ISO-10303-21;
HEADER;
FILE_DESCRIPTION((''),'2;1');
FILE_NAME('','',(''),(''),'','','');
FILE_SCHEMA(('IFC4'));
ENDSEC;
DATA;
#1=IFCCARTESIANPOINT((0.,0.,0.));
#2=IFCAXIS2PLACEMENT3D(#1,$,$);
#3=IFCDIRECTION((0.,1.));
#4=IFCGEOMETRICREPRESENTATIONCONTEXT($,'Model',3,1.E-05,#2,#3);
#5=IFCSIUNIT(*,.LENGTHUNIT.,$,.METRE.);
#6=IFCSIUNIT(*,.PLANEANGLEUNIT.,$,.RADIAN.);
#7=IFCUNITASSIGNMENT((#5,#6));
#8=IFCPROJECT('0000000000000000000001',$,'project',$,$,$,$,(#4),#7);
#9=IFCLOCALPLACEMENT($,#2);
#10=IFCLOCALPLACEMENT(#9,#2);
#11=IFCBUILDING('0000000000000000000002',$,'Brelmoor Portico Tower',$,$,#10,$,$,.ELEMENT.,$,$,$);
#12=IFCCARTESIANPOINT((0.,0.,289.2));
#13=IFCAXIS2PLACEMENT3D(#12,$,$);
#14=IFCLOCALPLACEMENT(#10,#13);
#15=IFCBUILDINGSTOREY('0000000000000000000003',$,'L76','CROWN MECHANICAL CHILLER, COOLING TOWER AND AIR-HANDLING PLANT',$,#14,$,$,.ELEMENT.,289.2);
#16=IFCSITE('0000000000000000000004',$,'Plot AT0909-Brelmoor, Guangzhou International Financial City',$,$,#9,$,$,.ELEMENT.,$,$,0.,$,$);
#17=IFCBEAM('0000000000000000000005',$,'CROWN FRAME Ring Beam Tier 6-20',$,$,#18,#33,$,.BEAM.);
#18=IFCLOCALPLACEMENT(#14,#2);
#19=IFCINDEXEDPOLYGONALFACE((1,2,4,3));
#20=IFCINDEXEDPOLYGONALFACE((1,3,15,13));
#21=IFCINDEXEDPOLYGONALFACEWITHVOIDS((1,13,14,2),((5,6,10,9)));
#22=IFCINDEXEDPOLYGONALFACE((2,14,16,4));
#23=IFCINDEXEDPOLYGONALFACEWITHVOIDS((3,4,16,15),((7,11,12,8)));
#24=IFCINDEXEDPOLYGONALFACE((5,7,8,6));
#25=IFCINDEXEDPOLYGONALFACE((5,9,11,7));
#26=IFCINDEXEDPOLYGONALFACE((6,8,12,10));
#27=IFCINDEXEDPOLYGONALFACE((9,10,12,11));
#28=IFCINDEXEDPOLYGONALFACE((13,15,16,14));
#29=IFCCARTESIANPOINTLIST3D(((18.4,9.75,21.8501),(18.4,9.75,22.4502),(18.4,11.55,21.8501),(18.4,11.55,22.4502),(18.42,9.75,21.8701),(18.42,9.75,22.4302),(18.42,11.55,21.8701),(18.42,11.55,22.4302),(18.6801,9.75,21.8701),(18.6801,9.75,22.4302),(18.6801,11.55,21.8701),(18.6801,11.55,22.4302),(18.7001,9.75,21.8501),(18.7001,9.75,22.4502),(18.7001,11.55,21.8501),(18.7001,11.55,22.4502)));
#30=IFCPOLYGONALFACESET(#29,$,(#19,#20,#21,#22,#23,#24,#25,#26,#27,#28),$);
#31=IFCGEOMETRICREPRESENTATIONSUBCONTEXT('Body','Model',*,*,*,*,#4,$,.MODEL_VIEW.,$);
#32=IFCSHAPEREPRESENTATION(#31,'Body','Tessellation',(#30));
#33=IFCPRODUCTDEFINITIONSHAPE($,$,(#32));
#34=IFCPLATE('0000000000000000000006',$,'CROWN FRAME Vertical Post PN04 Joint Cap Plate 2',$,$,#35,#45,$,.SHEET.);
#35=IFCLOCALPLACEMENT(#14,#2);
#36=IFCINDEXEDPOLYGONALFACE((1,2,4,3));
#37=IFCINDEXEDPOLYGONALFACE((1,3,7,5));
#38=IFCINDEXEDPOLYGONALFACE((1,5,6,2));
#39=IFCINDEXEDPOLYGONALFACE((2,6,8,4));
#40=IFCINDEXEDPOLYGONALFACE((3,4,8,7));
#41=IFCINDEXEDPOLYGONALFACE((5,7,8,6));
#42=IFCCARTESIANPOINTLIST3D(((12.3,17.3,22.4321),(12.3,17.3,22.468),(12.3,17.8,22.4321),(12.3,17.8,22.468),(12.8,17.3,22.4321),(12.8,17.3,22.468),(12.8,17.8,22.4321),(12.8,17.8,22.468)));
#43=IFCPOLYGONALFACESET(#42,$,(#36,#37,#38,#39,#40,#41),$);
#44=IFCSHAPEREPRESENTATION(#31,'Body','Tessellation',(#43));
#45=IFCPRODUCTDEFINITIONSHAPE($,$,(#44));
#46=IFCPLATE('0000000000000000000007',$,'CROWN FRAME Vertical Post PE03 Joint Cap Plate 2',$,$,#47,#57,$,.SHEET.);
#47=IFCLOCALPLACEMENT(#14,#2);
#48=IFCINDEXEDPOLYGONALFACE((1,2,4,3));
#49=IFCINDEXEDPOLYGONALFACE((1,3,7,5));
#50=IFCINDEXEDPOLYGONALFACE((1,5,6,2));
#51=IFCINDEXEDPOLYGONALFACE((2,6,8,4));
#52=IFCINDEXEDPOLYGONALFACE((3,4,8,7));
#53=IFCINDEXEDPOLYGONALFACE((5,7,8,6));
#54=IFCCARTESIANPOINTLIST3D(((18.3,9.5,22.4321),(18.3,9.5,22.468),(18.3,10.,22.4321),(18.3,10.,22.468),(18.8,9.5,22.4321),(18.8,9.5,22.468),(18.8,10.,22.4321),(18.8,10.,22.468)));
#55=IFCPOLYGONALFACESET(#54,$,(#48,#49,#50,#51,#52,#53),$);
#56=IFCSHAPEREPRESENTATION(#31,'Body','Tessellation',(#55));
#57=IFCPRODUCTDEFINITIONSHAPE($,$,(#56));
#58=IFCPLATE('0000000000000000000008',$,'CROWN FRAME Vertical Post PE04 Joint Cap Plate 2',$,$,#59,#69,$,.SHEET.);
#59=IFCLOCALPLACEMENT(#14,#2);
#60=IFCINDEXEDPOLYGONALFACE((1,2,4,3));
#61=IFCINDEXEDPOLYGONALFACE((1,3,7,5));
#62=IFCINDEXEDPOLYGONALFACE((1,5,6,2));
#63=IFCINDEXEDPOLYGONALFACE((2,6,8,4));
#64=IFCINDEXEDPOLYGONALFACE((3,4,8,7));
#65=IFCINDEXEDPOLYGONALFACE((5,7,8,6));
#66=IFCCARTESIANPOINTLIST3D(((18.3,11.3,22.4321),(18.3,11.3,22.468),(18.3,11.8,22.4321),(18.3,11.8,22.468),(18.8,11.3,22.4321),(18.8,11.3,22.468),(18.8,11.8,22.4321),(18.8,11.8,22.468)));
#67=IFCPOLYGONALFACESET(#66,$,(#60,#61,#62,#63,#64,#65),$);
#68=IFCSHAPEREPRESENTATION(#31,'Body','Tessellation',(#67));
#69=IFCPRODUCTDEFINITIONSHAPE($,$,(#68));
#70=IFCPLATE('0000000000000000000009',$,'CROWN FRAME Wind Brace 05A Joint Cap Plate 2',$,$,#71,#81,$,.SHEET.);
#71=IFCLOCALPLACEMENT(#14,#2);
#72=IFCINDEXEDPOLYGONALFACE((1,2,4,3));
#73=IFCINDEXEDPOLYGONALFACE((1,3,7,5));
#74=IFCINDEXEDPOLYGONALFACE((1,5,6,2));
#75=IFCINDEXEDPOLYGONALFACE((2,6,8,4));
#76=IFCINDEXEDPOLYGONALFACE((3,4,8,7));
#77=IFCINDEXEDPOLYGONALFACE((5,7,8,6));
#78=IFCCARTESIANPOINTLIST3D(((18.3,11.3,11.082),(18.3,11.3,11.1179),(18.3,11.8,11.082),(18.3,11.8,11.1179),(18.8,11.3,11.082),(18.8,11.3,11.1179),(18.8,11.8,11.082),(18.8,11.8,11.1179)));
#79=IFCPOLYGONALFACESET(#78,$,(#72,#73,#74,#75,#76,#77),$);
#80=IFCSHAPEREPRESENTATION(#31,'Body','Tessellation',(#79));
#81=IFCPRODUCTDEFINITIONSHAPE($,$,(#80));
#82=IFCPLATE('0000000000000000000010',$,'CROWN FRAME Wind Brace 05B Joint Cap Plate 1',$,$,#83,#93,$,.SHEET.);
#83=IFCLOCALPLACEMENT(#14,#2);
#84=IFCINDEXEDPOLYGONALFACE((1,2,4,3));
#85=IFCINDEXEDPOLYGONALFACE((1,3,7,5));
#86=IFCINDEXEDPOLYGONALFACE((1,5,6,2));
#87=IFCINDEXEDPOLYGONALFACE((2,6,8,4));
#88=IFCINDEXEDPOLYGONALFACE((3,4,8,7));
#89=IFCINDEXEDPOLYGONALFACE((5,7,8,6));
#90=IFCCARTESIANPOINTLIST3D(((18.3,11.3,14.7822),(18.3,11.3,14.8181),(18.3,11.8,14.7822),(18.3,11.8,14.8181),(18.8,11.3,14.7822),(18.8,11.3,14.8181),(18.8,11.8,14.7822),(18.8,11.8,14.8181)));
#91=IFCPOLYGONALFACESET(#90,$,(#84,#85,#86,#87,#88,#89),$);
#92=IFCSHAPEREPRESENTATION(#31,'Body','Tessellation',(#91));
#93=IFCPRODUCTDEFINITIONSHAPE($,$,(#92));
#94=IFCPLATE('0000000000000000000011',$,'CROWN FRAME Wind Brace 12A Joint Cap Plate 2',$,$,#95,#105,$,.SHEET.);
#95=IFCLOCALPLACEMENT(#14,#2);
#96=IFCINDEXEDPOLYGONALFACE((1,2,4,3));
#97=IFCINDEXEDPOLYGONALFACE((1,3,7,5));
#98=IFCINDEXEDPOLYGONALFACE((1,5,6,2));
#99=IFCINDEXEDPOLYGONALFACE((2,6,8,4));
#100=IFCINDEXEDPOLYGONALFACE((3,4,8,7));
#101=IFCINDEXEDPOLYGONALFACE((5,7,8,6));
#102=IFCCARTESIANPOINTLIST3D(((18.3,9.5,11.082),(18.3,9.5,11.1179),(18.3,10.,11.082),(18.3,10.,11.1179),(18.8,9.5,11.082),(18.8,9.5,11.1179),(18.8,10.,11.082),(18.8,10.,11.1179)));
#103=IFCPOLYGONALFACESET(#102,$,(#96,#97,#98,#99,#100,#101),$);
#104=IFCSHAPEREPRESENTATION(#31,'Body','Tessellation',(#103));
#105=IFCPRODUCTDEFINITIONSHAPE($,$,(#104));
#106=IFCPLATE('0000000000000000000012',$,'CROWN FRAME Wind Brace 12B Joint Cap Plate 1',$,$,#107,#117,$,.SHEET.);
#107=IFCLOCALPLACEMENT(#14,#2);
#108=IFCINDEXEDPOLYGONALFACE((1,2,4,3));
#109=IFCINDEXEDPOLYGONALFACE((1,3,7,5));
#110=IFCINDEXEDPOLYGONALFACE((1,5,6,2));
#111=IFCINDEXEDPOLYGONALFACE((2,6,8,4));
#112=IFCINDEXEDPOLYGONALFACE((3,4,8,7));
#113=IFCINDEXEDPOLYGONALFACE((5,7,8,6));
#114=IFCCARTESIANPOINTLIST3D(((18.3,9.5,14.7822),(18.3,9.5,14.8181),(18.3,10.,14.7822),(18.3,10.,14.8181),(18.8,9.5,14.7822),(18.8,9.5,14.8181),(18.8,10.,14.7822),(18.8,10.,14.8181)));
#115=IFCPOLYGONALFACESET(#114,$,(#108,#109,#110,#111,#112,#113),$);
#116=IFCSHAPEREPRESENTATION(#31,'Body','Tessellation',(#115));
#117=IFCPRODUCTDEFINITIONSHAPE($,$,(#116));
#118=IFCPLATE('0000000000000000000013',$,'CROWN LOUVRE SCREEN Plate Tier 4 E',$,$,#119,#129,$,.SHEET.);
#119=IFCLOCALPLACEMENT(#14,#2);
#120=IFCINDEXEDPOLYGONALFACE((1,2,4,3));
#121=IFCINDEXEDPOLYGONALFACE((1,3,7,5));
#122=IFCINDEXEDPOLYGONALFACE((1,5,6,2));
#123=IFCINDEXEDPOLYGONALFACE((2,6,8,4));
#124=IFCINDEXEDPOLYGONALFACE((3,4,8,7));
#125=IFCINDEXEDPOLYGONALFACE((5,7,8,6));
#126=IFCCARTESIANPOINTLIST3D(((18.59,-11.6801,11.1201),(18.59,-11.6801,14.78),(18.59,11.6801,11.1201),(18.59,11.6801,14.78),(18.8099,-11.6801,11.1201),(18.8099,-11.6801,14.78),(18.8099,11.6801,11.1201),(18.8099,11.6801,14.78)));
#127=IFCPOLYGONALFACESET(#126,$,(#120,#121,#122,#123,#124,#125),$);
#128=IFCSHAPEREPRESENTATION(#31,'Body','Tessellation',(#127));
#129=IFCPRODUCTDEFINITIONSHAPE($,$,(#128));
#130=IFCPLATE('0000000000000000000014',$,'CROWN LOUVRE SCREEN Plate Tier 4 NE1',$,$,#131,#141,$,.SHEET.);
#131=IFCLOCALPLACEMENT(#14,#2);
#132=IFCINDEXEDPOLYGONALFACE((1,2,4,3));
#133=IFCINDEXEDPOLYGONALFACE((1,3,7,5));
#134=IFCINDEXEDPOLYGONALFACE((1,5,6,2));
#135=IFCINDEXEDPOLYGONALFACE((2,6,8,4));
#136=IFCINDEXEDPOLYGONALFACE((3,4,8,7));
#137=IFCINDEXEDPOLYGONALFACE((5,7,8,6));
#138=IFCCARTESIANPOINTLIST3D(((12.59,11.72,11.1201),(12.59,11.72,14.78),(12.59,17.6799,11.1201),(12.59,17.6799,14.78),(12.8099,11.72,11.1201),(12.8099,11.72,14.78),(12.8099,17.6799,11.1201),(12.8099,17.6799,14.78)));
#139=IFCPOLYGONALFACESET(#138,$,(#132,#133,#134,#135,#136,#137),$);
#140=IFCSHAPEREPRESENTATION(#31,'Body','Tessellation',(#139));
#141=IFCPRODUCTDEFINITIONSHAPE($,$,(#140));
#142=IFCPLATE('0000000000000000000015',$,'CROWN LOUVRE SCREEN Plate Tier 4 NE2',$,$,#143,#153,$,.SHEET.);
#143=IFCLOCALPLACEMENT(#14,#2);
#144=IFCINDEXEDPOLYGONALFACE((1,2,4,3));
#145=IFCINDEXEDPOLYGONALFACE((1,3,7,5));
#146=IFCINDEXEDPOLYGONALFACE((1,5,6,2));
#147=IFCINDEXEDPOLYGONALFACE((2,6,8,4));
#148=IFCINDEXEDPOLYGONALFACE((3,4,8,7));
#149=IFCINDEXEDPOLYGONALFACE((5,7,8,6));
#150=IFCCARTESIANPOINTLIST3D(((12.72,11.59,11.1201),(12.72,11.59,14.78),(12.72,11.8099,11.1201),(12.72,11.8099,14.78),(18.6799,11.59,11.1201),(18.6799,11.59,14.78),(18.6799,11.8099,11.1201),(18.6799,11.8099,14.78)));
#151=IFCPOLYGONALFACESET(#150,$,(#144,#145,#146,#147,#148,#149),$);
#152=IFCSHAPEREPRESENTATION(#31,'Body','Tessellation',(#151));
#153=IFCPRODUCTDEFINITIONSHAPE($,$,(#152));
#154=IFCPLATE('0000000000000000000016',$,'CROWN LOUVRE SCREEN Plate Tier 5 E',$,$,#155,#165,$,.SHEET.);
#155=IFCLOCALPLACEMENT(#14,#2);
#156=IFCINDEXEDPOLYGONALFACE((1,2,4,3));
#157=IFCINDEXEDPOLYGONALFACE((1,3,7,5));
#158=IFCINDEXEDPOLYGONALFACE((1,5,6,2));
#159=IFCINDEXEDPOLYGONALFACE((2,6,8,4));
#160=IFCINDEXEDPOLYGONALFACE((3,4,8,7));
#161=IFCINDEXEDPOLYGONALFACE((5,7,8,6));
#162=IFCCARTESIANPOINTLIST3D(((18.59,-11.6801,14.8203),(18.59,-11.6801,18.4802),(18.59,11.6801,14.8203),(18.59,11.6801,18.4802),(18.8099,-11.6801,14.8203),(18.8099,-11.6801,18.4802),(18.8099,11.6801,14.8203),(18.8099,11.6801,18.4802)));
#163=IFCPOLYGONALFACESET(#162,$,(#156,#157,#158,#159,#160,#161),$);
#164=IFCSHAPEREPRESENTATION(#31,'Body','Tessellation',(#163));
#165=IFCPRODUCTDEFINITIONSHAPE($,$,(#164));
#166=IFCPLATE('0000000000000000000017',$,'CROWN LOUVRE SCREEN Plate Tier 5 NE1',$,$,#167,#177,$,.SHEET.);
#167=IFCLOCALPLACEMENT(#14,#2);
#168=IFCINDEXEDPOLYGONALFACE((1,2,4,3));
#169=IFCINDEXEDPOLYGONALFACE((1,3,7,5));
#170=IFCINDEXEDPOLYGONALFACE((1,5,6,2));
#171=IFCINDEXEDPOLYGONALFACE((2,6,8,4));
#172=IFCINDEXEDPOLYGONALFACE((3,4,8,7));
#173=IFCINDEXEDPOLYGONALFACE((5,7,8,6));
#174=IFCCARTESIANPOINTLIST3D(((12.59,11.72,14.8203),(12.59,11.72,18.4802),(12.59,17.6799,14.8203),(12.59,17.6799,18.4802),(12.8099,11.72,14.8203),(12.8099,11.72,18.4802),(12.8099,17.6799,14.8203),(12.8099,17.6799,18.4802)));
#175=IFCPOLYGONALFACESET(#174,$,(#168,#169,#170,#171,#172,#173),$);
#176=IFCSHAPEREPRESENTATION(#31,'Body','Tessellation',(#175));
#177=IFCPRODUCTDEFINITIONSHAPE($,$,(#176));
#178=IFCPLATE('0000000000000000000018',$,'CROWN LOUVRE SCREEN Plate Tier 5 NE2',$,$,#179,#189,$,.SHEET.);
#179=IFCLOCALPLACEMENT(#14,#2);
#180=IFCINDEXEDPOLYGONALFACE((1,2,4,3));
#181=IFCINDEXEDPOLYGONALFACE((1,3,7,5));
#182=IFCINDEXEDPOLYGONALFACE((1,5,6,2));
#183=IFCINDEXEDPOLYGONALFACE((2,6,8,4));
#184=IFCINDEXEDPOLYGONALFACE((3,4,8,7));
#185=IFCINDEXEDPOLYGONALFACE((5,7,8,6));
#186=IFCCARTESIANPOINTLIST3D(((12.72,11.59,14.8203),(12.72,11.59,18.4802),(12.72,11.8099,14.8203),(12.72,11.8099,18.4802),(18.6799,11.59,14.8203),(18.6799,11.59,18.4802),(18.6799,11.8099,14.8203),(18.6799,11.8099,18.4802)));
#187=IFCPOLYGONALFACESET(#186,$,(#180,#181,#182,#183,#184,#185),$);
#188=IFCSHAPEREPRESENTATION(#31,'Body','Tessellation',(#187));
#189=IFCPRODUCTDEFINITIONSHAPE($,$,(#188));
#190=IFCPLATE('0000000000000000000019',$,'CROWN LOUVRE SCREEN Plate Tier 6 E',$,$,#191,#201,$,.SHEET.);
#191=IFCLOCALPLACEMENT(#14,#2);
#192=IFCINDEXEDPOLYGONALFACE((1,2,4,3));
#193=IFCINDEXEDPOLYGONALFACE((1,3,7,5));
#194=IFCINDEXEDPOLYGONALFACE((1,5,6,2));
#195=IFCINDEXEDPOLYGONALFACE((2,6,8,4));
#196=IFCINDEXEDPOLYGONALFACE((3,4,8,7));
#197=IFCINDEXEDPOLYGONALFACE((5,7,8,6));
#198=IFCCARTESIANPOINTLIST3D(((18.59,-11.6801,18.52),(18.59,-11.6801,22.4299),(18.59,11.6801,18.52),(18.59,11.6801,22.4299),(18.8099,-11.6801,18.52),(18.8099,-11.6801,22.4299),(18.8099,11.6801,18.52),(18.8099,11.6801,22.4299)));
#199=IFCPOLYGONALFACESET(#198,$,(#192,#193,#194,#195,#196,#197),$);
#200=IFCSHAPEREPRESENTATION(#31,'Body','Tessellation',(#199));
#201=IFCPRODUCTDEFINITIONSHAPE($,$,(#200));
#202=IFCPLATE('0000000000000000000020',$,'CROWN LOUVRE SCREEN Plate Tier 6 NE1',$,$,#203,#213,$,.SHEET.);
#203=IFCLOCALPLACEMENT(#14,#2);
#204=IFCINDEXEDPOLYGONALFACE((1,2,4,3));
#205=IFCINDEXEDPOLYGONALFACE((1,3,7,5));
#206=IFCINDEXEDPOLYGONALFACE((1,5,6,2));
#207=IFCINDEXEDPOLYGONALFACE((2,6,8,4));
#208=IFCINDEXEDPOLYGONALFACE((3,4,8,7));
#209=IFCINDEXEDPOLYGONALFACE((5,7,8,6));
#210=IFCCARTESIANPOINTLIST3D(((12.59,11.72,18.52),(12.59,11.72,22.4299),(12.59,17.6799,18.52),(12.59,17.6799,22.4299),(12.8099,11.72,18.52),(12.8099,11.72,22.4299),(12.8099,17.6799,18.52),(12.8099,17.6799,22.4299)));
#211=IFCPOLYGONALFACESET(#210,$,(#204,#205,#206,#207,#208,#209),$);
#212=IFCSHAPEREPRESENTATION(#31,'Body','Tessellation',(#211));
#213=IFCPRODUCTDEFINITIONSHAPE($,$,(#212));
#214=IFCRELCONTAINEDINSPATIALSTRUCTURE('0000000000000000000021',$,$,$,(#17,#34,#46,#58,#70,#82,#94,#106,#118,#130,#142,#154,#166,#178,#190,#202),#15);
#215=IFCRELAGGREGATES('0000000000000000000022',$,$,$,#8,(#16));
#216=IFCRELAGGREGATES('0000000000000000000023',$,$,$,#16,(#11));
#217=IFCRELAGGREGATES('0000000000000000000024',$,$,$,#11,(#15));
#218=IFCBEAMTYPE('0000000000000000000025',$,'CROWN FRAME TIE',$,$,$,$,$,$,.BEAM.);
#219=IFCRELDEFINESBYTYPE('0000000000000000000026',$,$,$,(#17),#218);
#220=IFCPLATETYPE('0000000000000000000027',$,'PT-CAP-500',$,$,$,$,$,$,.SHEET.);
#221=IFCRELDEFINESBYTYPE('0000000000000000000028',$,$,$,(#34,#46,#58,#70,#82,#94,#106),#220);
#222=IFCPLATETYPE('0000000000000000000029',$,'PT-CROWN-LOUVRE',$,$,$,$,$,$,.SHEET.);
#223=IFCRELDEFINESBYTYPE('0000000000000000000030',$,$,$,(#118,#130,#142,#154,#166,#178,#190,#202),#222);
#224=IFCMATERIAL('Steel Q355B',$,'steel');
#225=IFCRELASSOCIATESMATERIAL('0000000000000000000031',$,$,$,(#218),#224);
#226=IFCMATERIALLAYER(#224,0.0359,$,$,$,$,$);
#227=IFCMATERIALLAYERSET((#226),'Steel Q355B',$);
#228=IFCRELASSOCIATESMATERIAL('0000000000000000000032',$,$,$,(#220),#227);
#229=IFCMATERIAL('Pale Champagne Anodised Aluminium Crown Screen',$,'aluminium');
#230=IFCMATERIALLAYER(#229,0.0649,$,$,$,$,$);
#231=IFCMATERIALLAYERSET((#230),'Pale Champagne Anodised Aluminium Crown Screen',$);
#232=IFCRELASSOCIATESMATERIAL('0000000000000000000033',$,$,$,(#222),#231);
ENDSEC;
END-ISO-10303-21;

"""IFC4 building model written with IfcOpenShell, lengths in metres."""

from ifc_helpers import new_model, si_unit, direction, frame, origin, origin_2d, place, context, subcontext, project, spatial, rectangle, hollow_rectangle, extrude, material, layer, layer_set, material_profile, profile_set, type_object, element, save


model = new_model("IFC4")

# Units and contexts
model_context = context("Model", 3, precision=1e-05, world=origin(), true_north=direction((0.0, 1.0)))
body_context = subcontext(model_context, "Body", "Model", "MODEL_VIEW")
ifc_project = project(units=[si_unit("LENGTHUNIT", "METRE"), si_unit("PLANEANGLEUNIT", "RADIAN")], contexts=[model_context])

# Site, building, storey
site_placement = place(None, origin())
site = spatial("IfcSite", under=ifc_project, at=site_placement, Name="Plot AT0909-Brelmoor, Guangzhou International Financial City", CompositionType="ELEMENT", RefElevation=0.0)
building_placement = place(site_placement, origin())
building = spatial("IfcBuilding", under=site, at=building_placement, Name="Brelmoor Portico Tower", CompositionType="ELEMENT")
storey_placement = place(building_placement, frame((0.0, 0.0, 289.2)))
storey = spatial("IfcBuildingStorey", under=building, at=storey_placement, Name="L76", Description="CROWN MECHANICAL CHILLER, COOLING TOWER AND AIR-HANDLING PLANT", CompositionType="ELEMENT", Elevation=289.2)

# Shared definitions
ifc_material_1 = material(Name="Steel Q355B", Category="steel")

# Beam
ifc_material_profile_1 = material_profile(ifc_material_1, hollow_rectangle(XDim=0.3, YDim=0.6001, WallThickness=0.02, at=origin_2d()), Name="RHS 300x600x20")
ifc_profile_set_1 = profile_set([ifc_material_profile_1], Name="Steel Q355B")
beam_type_1 = type_object("IfcBeamType", Name="CROWN FRAME TIE", PredefinedType="BEAM", material=ifc_profile_set_1)
beam_1_placement = place(storey_placement, frame((18.55, 9.75, 22.1501), z_axis=(0.0, 1.0, 0.0), x_axis=(-1.0, 0.0, 0.0)))
element("IfcBeam", 1, at=beam_1_placement, inside=storey, type_object=beam_type_1, Name="CROWN FRAME Ring Beam Tier 6-20", PredefinedType="BEAM", context=body_context, shape_type="SweptSolid", body=[
    extrude(hollow_rectangle(XDim=0.3, YDim=0.6001, WallThickness=0.02, at=origin_2d()), origin(), (0.0, 0.0, 1.0), 1.8),
])

# Plates
ifc_layer_1 = layer(ifc_material_1, 0.0359)
ifc_layer_set_1 = layer_set([ifc_layer_1], Name="Steel Q355B")
plate_type_1 = type_object("IfcPlateType", Name="PT-CAP-500", PredefinedType="SHEET", material=ifc_layer_set_1)
for number, where, z_axis, x_axis, name in (
    (2, (12.55, 17.55, 22.4321), (0.0, 0.0, 1.0), (1.0, 0.0, 0.0), "CROWN FRAME Vertical Post PN04 Joint Cap Plate 2"),
    (3, (18.55, 9.75, 22.4321), (0.0, 0.0, 1.0), (1.0, 0.0, 0.0), "CROWN FRAME Vertical Post PE03 Joint Cap Plate 2"),
    (4, (18.55, 11.55, 22.4321), (0.0, 0.0, 1.0), (1.0, 0.0, 0.0), "CROWN FRAME Vertical Post PE04 Joint Cap Plate 2"),
    (5, (18.55, 11.55, 11.082), (0.0, 0.0, 1.0), (1.0, 0.0, 0.0), "CROWN FRAME Wind Brace 05A Joint Cap Plate 2"),
    (6, (18.55, 11.55, 14.7822), (0.0, 0.0, 1.0), (1.0, 0.0, 0.0), "CROWN FRAME Wind Brace 05B Joint Cap Plate 1"),
    (7, (18.55, 9.75, 11.082), (0.0, 0.0, 1.0), (1.0, 0.0, 0.0), "CROWN FRAME Wind Brace 12A Joint Cap Plate 2"),
    (8, (18.55, 9.75, 14.7822), (0.0, 0.0, 1.0), (1.0, 0.0, 0.0), "CROWN FRAME Wind Brace 12B Joint Cap Plate 1"),
):
    element("IfcPlate", number, at=place(storey_placement, frame(where, z_axis=z_axis, x_axis=x_axis)), inside=storey, type_object=plate_type_1, Name=name, PredefinedType="SHEET", context=body_context, shape_type="SweptSolid", body=[
        extrude(rectangle(XDim=0.5, YDim=0.5, at=origin_2d()), origin(), (0.0, 0.0, 1.0), 0.0359),
    ])
ifc_material_2 = material(Name="Pale Champagne Anodised Aluminium Crown Screen", Category="aluminium")
ifc_layer_2 = layer(ifc_material_2, 0.0649)
ifc_layer_set_2 = layer_set([ifc_layer_2], Name="Pale Champagne Anodised Aluminium Crown Screen")
plate_type_2 = type_object("IfcPlateType", Name="PT-CROWN-LOUVRE", PredefinedType="SHEET", material=ifc_layer_set_2)
plate_1_placement = place(storey_placement, frame((18.7, 0.0, 11.1201), z_axis=(0.0, 0.0, 1.0), x_axis=(0.0, 1.0, 0.0)))
element("IfcPlate", 9, at=plate_1_placement, inside=storey, type_object=plate_type_2, Name="CROWN LOUVRE SCREEN Plate Tier 4 E", PredefinedType="SHEET", context=body_context, shape_type="SweptSolid", body=[
    extrude(rectangle(XDim=23.3601, YDim=0.22, at=origin_2d()), origin(), (0.0, 0.0, 1.0), 3.6599),
])
for number, where, z_axis, x_axis, name in (
    (10, (12.7, 14.7, 11.1201), (0.0, 0.0, 1.0), (0.0, 1.0, 0.0), "CROWN LOUVRE SCREEN Plate Tier 4 NE1"),
    (11, (15.7, 11.7, 11.1201), (0.0, 0.0, 1.0), (1.0, 0.0, 0.0), "CROWN LOUVRE SCREEN Plate Tier 4 NE2"),
):
    element("IfcPlate", number, at=place(storey_placement, frame(where, z_axis=z_axis, x_axis=x_axis)), inside=storey, type_object=plate_type_2, Name=name, PredefinedType="SHEET", context=body_context, shape_type="SweptSolid", body=[
        extrude(rectangle(XDim=5.96, YDim=0.22, at=origin_2d()), origin(), (0.0, 0.0, 1.0), 3.6599),
    ])
plate_2_placement = place(storey_placement, frame((18.7, 0.0, 14.8203), z_axis=(0.0, 0.0, 1.0), x_axis=(0.0, 1.0, 0.0)))
element("IfcPlate", 12, at=plate_2_placement, inside=storey, type_object=plate_type_2, Name="CROWN LOUVRE SCREEN Plate Tier 5 E", PredefinedType="SHEET", context=body_context, shape_type="SweptSolid", body=[
    extrude(rectangle(XDim=23.3601, YDim=0.22, at=origin_2d()), origin(), (0.0, 0.0, 1.0), 3.6599),
])
for number, where, z_axis, x_axis, name in (
    (13, (12.7, 14.7, 14.8203), (0.0, 0.0, 1.0), (0.0, 1.0, 0.0), "CROWN LOUVRE SCREEN Plate Tier 5 NE1"),
    (14, (15.7, 11.7, 14.8203), (0.0, 0.0, 1.0), (1.0, 0.0, 0.0), "CROWN LOUVRE SCREEN Plate Tier 5 NE2"),
):
    element("IfcPlate", number, at=place(storey_placement, frame(where, z_axis=z_axis, x_axis=x_axis)), inside=storey, type_object=plate_type_2, Name=name, PredefinedType="SHEET", context=body_context, shape_type="SweptSolid", body=[
        extrude(rectangle(XDim=5.96, YDim=0.22, at=origin_2d()), origin(), (0.0, 0.0, 1.0), 3.6599),
    ])
plate_3_placement = place(storey_placement, frame((18.7, 0.0, 18.52), z_axis=(0.0, 0.0, 1.0), x_axis=(0.0, 1.0, 0.0)))
element("IfcPlate", 15, at=plate_3_placement, inside=storey, type_object=plate_type_2, Name="CROWN LOUVRE SCREEN Plate Tier 6 E", PredefinedType="SHEET", context=body_context, shape_type="SweptSolid", body=[
    extrude(rectangle(XDim=23.3601, YDim=0.22, at=origin_2d()), origin(), (0.0, 0.0, 1.0), 3.9099),
])
for number, where, z_axis, x_axis, name in (
    (16, (12.7, 14.7, 18.52), (0.0, 0.0, 1.0), (0.0, 1.0, 0.0), "CROWN LOUVRE SCREEN Plate Tier 6 NE1"),
):
    element("IfcPlate", number, at=place(storey_placement, frame(where, z_axis=z_axis, x_axis=x_axis)), inside=storey, type_object=plate_type_2, Name=name, PredefinedType="SHEET", context=body_context, shape_type="SweptSolid", body=[
        extrude(rectangle(XDim=5.96, YDim=0.22, at=origin_2d()), origin(), (0.0, 0.0, 1.0), 3.9099),
    ])

save(model, "model.ifc")
